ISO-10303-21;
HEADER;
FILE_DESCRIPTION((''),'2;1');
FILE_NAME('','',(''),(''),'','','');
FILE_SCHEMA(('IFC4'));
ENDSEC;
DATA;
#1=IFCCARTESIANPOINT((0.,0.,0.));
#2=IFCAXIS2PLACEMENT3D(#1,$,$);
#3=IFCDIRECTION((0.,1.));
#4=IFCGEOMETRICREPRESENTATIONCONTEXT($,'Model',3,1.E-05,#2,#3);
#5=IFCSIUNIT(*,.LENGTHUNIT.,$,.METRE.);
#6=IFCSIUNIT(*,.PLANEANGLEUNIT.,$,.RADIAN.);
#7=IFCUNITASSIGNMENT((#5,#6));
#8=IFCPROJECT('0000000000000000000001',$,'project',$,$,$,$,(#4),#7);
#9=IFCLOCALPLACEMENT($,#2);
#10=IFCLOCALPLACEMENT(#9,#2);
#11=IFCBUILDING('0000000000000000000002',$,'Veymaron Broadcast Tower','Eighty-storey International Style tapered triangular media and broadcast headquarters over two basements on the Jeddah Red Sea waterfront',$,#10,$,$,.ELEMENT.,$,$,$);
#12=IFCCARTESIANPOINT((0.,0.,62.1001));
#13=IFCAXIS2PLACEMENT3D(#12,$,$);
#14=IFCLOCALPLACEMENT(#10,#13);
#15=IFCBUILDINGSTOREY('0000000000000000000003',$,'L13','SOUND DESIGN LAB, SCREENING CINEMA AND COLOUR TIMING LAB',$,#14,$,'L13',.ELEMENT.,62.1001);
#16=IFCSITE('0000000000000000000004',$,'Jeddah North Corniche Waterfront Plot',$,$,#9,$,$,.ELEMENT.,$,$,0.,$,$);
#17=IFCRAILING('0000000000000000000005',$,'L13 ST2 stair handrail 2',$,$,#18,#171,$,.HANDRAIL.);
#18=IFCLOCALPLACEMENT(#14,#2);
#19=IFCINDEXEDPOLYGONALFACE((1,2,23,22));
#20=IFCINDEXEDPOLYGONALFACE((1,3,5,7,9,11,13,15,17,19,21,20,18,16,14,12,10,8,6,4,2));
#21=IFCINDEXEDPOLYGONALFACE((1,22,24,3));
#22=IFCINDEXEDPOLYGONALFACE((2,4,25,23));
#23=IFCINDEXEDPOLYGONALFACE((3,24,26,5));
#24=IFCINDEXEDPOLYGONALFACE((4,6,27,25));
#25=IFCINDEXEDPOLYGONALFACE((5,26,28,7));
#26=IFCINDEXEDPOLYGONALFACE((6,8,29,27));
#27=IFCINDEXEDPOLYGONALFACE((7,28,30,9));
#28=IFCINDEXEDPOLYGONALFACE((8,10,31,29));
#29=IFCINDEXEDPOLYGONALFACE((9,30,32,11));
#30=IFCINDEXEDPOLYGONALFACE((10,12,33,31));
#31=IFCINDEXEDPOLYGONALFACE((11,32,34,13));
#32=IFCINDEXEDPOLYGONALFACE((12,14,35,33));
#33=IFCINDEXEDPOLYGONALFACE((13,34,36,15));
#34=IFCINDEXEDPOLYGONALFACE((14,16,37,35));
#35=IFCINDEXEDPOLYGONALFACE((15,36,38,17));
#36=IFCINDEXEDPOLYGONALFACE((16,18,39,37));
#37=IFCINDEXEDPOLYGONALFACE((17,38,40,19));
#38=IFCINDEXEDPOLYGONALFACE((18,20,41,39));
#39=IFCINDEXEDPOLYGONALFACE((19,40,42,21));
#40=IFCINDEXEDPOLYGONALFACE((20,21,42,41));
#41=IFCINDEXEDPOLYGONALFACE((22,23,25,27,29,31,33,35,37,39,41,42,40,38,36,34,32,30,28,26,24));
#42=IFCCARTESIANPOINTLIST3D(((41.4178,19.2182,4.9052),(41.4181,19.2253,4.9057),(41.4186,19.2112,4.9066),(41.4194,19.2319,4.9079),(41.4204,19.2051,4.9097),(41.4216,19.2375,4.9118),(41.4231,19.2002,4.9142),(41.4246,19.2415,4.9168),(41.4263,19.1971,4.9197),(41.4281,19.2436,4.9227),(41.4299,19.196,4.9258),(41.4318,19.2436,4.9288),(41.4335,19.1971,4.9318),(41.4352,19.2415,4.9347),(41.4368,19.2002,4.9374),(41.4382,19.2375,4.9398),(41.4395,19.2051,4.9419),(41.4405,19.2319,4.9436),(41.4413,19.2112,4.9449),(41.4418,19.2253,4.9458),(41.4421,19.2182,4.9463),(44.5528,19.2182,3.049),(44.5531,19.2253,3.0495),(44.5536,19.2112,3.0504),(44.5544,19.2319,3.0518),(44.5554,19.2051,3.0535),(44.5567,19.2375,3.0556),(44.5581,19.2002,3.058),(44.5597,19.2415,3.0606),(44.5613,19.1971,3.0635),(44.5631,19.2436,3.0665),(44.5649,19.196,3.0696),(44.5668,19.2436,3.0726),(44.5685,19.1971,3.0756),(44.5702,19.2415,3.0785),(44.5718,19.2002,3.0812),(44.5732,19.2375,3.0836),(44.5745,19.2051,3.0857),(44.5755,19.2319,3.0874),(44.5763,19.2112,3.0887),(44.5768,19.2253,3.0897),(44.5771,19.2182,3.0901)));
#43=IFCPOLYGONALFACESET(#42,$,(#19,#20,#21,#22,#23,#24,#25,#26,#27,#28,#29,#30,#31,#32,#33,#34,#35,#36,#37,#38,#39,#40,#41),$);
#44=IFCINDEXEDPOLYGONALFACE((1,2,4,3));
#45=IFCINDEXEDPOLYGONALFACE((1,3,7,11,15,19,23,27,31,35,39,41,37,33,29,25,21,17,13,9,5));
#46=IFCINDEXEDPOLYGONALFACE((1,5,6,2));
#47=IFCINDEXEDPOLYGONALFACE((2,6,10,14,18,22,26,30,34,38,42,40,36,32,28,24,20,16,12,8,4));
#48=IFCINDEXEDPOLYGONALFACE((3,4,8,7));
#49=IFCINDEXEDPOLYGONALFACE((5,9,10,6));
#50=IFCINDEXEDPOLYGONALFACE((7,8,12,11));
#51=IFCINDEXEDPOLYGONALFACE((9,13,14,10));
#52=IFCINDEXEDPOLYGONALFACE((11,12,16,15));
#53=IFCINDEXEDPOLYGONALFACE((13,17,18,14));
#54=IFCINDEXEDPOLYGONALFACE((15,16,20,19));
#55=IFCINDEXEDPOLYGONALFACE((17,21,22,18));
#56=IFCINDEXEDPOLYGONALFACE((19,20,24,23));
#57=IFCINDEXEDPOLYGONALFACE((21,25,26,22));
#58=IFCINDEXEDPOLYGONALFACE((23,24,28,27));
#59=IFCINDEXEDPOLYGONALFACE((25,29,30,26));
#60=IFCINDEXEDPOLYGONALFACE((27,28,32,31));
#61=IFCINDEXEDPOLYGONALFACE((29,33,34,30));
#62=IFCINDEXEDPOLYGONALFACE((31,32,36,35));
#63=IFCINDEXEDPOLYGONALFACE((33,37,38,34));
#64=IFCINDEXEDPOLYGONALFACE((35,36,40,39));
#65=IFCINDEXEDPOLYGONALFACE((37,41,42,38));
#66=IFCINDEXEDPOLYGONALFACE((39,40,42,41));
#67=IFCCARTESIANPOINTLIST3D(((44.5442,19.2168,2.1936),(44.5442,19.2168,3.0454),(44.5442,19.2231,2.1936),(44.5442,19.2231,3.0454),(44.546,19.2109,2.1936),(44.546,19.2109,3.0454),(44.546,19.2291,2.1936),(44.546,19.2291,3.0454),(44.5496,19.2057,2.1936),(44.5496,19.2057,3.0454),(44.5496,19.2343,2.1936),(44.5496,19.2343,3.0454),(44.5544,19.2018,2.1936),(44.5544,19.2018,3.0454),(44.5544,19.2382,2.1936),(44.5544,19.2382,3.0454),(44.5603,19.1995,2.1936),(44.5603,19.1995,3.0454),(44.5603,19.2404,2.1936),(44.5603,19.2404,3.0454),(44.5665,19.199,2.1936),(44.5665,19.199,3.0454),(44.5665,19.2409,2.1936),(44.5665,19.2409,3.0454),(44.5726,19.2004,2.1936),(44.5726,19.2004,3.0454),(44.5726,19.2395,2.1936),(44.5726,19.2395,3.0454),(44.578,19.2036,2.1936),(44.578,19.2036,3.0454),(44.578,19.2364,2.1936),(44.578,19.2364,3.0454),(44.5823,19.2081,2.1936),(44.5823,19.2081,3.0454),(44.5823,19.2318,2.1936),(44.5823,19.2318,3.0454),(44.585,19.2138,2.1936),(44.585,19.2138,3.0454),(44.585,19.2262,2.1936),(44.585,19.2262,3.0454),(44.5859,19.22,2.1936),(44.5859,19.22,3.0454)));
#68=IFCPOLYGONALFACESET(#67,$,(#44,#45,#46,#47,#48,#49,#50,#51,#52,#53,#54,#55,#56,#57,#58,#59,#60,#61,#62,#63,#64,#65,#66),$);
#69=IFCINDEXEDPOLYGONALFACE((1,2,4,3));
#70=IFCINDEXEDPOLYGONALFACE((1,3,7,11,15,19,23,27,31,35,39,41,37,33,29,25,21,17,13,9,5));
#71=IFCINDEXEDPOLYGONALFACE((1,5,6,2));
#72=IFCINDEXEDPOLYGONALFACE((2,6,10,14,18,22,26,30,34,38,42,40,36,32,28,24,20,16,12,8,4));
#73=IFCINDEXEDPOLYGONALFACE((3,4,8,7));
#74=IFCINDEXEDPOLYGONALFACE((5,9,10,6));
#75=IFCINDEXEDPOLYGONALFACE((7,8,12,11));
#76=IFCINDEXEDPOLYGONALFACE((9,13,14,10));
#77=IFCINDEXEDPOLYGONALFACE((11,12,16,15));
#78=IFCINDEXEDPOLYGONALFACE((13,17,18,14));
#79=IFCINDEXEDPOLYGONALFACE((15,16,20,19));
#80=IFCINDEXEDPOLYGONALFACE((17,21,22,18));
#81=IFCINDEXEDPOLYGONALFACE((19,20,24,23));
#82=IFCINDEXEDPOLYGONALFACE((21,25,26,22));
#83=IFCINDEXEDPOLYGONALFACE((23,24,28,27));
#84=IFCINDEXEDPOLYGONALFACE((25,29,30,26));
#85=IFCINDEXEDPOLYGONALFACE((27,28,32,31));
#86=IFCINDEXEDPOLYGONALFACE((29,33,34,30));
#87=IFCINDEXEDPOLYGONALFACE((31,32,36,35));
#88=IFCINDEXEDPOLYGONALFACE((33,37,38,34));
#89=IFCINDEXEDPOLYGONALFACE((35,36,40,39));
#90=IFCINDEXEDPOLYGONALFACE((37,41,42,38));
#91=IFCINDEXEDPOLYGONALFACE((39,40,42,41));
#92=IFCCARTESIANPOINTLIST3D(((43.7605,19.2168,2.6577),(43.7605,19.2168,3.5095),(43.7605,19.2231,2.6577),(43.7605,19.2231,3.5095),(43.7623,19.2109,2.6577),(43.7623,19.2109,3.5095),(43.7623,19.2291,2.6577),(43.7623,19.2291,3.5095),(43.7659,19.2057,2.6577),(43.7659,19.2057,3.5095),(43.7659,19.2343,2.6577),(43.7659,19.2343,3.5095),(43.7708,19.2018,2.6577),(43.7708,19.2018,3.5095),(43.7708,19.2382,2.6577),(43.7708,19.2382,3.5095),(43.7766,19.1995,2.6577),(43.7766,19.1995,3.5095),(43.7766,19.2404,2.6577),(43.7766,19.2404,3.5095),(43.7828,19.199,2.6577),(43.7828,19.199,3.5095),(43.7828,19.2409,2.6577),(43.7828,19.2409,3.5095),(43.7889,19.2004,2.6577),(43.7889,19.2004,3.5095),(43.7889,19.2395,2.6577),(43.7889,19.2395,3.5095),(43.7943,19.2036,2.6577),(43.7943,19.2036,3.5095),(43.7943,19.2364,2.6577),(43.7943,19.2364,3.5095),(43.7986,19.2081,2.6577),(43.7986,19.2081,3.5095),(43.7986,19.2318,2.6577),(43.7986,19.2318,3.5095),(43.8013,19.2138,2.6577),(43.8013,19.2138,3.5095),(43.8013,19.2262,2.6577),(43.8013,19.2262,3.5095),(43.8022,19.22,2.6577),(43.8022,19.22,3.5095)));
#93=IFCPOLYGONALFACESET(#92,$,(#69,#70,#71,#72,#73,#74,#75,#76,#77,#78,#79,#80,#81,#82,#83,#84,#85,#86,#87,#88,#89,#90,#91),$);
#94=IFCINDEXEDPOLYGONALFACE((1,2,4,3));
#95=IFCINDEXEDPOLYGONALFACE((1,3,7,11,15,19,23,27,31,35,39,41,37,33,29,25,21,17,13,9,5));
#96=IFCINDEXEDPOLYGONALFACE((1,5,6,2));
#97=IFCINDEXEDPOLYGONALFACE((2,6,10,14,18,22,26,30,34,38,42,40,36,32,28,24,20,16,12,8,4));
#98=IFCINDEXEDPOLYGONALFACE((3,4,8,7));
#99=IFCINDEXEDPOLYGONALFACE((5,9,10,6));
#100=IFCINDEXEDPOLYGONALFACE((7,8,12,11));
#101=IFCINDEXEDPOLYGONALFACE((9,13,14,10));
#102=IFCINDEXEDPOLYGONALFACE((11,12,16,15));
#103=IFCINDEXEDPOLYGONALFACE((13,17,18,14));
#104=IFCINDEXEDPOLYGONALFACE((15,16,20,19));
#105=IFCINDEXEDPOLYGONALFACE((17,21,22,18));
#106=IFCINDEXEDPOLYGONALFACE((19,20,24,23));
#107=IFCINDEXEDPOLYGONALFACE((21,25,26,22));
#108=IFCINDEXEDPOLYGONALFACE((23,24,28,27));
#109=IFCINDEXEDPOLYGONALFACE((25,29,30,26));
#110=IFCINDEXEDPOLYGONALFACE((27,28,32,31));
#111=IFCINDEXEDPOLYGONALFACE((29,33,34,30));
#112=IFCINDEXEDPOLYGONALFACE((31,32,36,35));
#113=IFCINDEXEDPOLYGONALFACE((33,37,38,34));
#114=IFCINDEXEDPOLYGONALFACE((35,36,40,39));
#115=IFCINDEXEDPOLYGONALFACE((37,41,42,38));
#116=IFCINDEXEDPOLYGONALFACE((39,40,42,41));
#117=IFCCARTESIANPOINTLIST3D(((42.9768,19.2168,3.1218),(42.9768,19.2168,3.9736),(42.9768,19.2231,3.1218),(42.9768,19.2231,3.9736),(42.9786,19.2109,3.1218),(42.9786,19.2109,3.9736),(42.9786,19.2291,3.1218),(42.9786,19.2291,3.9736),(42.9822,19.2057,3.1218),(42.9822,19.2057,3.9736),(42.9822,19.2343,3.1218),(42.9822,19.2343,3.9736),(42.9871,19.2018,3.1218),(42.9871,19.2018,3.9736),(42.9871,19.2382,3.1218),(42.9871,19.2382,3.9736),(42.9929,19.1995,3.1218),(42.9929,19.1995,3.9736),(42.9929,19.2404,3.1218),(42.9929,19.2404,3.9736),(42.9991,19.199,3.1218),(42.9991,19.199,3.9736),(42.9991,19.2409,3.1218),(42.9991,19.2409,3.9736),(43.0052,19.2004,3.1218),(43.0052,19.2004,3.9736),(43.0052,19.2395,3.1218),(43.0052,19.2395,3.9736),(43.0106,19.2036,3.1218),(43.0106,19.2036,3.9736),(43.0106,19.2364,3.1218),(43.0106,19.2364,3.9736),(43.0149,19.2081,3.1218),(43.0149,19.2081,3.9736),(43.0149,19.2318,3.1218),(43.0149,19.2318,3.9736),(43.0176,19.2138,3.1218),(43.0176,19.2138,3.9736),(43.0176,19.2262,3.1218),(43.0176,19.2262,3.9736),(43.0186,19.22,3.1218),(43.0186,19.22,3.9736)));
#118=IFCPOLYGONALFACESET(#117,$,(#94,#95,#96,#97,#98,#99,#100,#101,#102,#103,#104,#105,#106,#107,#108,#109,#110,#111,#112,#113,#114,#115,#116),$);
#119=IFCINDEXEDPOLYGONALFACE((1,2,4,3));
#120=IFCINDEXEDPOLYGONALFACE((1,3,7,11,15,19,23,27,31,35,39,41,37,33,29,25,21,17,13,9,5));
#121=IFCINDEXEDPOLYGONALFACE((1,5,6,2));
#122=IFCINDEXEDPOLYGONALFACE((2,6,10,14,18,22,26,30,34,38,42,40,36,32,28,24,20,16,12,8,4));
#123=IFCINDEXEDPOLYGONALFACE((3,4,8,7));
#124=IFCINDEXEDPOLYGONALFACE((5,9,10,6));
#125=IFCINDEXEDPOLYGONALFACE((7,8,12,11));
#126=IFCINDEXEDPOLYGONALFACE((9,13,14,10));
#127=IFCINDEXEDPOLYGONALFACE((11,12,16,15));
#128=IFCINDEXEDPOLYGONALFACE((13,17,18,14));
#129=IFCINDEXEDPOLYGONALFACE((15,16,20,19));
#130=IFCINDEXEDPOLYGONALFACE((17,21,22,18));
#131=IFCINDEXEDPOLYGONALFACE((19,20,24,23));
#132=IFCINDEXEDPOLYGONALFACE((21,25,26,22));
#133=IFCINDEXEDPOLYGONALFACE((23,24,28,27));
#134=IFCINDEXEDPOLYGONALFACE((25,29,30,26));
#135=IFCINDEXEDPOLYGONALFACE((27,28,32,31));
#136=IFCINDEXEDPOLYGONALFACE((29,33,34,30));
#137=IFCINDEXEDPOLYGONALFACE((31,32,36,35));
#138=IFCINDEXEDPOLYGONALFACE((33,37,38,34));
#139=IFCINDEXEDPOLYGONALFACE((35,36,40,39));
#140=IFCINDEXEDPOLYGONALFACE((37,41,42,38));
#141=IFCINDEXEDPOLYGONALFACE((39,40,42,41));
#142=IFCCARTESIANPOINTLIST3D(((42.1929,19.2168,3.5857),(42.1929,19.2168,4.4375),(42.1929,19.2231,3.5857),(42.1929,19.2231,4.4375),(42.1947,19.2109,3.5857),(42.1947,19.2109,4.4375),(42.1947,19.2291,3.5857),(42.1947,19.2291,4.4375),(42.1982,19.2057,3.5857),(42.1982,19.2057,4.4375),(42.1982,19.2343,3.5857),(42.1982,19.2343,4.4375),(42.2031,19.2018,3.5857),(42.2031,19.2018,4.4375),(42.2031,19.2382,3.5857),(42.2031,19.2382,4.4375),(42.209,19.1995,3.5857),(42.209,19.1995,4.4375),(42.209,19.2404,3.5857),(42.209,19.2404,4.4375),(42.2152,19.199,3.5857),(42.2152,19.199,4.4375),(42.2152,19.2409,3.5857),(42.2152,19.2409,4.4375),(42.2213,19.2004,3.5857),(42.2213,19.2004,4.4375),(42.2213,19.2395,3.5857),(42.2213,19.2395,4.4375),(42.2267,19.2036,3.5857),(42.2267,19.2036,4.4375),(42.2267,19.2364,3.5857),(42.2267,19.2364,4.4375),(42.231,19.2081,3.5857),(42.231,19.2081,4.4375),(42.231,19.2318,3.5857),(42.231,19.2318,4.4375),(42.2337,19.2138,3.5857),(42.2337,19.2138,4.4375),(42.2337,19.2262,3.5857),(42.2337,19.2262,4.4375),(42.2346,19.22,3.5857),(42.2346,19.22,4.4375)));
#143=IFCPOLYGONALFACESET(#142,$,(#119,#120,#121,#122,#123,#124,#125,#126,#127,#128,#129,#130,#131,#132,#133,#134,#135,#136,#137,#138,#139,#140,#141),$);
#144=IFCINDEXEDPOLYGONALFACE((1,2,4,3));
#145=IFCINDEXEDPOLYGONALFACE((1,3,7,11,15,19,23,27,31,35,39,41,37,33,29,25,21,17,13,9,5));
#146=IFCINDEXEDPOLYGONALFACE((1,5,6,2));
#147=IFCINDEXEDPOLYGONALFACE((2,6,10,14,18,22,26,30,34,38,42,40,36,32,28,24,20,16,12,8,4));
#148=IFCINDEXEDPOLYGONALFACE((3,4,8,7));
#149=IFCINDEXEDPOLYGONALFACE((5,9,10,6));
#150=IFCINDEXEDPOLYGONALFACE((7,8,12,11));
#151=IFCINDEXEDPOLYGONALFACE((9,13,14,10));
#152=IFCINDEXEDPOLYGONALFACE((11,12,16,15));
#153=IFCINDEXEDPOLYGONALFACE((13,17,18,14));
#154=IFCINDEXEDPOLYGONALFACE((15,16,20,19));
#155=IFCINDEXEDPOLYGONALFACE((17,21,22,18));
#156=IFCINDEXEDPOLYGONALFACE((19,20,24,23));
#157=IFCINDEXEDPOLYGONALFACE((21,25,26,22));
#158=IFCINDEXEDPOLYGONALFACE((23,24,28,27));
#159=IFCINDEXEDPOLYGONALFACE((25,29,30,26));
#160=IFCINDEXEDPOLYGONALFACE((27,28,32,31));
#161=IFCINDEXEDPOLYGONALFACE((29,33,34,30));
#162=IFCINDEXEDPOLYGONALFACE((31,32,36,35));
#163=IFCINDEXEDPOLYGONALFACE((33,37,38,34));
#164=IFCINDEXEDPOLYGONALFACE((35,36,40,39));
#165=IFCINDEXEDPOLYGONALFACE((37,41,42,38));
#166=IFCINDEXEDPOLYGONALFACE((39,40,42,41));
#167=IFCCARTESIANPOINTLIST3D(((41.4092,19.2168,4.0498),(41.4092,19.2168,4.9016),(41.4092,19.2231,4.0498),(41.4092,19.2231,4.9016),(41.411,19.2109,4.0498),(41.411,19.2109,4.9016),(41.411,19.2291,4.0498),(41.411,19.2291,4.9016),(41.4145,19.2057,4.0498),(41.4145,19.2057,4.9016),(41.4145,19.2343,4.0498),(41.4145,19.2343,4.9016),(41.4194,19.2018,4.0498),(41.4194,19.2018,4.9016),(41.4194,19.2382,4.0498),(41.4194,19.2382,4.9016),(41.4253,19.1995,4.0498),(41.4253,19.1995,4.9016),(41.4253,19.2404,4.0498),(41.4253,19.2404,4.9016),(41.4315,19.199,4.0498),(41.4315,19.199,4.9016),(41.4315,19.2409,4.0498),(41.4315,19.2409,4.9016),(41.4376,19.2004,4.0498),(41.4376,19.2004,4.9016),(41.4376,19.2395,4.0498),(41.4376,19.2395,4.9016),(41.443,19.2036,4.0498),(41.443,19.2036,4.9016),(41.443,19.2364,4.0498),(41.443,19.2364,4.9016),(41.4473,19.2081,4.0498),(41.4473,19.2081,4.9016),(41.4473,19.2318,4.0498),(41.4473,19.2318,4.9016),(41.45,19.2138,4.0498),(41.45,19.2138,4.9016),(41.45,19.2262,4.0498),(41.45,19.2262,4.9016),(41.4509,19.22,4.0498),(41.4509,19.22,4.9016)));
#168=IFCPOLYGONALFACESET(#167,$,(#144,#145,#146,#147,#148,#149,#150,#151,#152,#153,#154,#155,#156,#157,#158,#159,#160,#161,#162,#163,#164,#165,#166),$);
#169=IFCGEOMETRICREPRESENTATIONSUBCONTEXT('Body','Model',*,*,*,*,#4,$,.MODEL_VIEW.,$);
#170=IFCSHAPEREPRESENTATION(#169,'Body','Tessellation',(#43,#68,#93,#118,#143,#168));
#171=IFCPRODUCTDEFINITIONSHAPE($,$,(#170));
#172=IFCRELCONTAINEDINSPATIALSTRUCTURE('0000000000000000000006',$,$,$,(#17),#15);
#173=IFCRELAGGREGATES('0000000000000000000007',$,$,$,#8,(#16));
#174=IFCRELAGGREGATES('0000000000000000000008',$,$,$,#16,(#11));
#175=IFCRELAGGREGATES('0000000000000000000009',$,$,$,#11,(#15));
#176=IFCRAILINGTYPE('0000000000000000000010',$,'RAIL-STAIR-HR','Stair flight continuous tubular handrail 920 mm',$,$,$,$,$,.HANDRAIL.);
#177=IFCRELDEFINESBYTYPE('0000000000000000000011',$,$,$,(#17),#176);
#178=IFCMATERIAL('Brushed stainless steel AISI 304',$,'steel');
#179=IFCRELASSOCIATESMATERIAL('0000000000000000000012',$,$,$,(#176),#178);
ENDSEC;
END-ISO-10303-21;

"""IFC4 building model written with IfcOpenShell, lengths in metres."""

from ifc_helpers import new_model, si_unit, direction, frame, origin, origin_2d, place, context, subcontext, project, spatial, circle, extrude, material, type_object, element, save


model = new_model("IFC4")

# Units and contexts
model_context = context("Model", 3, precision=1e-05, world=origin(), true_north=direction((0.0, 1.0)))
body_context = subcontext(model_context, "Body", "Model", "MODEL_VIEW")
ifc_project = project(units=[si_unit("LENGTHUNIT", "METRE"), si_unit("PLANEANGLEUNIT", "RADIAN")], contexts=[model_context])

# Site, building, storey
site_placement = place(None, origin())
site = spatial("IfcSite", under=ifc_project, at=site_placement, Name="Jeddah North Corniche Waterfront Plot", CompositionType="ELEMENT", RefElevation=0.0)
building_placement = place(site_placement, origin())
building = spatial("IfcBuilding", under=site, at=building_placement, Name="Veymaron Broadcast Tower", Description="Eighty-storey International Style tapered triangular media and broadcast headquarters over two basements on the Jeddah Red Sea waterfront", CompositionType="ELEMENT")
storey_placement = place(building_placement, frame((0.0, 0.0, 62.1001)))
storey = spatial("IfcBuildingStorey", under=building, at=storey_placement, Name="L13", Description="SOUND DESIGN LAB, SCREENING CINEMA AND COLOUR TIMING LAB", LongName="L13", CompositionType="ELEMENT", Elevation=62.1001)

# Railing
ifc_material_1 = material(Name="Brushed stainless steel AISI 304", Category="steel")
railing_type_1 = type_object("IfcRailingType", Name="RAIL-STAIR-HR", Description="Stair flight continuous tubular handrail 920 mm", PredefinedType="HANDRAIL", material=ifc_material_1)
railing_1_placement = place(storey_placement, frame((44.5649, 19.22, 2.1936)))
element("IfcRailing", 1, at=railing_1_placement, inside=storey, type_object=railing_type_1, Name="L13 ST2 stair handrail 2", PredefinedType="HANDRAIL", context=body_context, shape_type="SweptSolid", body=[
    extrude(circle(Radius=0.0239, at=origin_2d()), frame((0.0, 0.0, 0.876), z_axis=(-0.860482, 0.0, 0.509481), x_axis=(0.0, -1.0, 0.0)), (0.0, 0.0, 1.0), 3.6433),
    extrude(circle(Radius=0.021, at=origin_2d()), origin(), (0.0, 0.0, 1.0), 0.8518),
    extrude(circle(Radius=0.021, at=origin_2d()), frame((-0.7837, 0.0, 0.4641)), (0.0, 0.0, 1.0), 0.8518),
    extrude(circle(Radius=0.021, at=origin_2d()), frame((-1.5674, 0.0, 0.9282)), (0.0, 0.0, 1.0), 0.8518),
    extrude(circle(Radius=0.021, at=origin_2d()), frame((-2.3513, 0.0, 1.3921)), (0.0, 0.0, 1.0), 0.8518),
    extrude(circle(Radius=0.021, at=origin_2d()), frame((-3.135, 0.0, 1.8562)), (0.0, 0.0, 1.0), 0.8518),
])

save(model, "model.ifc")
